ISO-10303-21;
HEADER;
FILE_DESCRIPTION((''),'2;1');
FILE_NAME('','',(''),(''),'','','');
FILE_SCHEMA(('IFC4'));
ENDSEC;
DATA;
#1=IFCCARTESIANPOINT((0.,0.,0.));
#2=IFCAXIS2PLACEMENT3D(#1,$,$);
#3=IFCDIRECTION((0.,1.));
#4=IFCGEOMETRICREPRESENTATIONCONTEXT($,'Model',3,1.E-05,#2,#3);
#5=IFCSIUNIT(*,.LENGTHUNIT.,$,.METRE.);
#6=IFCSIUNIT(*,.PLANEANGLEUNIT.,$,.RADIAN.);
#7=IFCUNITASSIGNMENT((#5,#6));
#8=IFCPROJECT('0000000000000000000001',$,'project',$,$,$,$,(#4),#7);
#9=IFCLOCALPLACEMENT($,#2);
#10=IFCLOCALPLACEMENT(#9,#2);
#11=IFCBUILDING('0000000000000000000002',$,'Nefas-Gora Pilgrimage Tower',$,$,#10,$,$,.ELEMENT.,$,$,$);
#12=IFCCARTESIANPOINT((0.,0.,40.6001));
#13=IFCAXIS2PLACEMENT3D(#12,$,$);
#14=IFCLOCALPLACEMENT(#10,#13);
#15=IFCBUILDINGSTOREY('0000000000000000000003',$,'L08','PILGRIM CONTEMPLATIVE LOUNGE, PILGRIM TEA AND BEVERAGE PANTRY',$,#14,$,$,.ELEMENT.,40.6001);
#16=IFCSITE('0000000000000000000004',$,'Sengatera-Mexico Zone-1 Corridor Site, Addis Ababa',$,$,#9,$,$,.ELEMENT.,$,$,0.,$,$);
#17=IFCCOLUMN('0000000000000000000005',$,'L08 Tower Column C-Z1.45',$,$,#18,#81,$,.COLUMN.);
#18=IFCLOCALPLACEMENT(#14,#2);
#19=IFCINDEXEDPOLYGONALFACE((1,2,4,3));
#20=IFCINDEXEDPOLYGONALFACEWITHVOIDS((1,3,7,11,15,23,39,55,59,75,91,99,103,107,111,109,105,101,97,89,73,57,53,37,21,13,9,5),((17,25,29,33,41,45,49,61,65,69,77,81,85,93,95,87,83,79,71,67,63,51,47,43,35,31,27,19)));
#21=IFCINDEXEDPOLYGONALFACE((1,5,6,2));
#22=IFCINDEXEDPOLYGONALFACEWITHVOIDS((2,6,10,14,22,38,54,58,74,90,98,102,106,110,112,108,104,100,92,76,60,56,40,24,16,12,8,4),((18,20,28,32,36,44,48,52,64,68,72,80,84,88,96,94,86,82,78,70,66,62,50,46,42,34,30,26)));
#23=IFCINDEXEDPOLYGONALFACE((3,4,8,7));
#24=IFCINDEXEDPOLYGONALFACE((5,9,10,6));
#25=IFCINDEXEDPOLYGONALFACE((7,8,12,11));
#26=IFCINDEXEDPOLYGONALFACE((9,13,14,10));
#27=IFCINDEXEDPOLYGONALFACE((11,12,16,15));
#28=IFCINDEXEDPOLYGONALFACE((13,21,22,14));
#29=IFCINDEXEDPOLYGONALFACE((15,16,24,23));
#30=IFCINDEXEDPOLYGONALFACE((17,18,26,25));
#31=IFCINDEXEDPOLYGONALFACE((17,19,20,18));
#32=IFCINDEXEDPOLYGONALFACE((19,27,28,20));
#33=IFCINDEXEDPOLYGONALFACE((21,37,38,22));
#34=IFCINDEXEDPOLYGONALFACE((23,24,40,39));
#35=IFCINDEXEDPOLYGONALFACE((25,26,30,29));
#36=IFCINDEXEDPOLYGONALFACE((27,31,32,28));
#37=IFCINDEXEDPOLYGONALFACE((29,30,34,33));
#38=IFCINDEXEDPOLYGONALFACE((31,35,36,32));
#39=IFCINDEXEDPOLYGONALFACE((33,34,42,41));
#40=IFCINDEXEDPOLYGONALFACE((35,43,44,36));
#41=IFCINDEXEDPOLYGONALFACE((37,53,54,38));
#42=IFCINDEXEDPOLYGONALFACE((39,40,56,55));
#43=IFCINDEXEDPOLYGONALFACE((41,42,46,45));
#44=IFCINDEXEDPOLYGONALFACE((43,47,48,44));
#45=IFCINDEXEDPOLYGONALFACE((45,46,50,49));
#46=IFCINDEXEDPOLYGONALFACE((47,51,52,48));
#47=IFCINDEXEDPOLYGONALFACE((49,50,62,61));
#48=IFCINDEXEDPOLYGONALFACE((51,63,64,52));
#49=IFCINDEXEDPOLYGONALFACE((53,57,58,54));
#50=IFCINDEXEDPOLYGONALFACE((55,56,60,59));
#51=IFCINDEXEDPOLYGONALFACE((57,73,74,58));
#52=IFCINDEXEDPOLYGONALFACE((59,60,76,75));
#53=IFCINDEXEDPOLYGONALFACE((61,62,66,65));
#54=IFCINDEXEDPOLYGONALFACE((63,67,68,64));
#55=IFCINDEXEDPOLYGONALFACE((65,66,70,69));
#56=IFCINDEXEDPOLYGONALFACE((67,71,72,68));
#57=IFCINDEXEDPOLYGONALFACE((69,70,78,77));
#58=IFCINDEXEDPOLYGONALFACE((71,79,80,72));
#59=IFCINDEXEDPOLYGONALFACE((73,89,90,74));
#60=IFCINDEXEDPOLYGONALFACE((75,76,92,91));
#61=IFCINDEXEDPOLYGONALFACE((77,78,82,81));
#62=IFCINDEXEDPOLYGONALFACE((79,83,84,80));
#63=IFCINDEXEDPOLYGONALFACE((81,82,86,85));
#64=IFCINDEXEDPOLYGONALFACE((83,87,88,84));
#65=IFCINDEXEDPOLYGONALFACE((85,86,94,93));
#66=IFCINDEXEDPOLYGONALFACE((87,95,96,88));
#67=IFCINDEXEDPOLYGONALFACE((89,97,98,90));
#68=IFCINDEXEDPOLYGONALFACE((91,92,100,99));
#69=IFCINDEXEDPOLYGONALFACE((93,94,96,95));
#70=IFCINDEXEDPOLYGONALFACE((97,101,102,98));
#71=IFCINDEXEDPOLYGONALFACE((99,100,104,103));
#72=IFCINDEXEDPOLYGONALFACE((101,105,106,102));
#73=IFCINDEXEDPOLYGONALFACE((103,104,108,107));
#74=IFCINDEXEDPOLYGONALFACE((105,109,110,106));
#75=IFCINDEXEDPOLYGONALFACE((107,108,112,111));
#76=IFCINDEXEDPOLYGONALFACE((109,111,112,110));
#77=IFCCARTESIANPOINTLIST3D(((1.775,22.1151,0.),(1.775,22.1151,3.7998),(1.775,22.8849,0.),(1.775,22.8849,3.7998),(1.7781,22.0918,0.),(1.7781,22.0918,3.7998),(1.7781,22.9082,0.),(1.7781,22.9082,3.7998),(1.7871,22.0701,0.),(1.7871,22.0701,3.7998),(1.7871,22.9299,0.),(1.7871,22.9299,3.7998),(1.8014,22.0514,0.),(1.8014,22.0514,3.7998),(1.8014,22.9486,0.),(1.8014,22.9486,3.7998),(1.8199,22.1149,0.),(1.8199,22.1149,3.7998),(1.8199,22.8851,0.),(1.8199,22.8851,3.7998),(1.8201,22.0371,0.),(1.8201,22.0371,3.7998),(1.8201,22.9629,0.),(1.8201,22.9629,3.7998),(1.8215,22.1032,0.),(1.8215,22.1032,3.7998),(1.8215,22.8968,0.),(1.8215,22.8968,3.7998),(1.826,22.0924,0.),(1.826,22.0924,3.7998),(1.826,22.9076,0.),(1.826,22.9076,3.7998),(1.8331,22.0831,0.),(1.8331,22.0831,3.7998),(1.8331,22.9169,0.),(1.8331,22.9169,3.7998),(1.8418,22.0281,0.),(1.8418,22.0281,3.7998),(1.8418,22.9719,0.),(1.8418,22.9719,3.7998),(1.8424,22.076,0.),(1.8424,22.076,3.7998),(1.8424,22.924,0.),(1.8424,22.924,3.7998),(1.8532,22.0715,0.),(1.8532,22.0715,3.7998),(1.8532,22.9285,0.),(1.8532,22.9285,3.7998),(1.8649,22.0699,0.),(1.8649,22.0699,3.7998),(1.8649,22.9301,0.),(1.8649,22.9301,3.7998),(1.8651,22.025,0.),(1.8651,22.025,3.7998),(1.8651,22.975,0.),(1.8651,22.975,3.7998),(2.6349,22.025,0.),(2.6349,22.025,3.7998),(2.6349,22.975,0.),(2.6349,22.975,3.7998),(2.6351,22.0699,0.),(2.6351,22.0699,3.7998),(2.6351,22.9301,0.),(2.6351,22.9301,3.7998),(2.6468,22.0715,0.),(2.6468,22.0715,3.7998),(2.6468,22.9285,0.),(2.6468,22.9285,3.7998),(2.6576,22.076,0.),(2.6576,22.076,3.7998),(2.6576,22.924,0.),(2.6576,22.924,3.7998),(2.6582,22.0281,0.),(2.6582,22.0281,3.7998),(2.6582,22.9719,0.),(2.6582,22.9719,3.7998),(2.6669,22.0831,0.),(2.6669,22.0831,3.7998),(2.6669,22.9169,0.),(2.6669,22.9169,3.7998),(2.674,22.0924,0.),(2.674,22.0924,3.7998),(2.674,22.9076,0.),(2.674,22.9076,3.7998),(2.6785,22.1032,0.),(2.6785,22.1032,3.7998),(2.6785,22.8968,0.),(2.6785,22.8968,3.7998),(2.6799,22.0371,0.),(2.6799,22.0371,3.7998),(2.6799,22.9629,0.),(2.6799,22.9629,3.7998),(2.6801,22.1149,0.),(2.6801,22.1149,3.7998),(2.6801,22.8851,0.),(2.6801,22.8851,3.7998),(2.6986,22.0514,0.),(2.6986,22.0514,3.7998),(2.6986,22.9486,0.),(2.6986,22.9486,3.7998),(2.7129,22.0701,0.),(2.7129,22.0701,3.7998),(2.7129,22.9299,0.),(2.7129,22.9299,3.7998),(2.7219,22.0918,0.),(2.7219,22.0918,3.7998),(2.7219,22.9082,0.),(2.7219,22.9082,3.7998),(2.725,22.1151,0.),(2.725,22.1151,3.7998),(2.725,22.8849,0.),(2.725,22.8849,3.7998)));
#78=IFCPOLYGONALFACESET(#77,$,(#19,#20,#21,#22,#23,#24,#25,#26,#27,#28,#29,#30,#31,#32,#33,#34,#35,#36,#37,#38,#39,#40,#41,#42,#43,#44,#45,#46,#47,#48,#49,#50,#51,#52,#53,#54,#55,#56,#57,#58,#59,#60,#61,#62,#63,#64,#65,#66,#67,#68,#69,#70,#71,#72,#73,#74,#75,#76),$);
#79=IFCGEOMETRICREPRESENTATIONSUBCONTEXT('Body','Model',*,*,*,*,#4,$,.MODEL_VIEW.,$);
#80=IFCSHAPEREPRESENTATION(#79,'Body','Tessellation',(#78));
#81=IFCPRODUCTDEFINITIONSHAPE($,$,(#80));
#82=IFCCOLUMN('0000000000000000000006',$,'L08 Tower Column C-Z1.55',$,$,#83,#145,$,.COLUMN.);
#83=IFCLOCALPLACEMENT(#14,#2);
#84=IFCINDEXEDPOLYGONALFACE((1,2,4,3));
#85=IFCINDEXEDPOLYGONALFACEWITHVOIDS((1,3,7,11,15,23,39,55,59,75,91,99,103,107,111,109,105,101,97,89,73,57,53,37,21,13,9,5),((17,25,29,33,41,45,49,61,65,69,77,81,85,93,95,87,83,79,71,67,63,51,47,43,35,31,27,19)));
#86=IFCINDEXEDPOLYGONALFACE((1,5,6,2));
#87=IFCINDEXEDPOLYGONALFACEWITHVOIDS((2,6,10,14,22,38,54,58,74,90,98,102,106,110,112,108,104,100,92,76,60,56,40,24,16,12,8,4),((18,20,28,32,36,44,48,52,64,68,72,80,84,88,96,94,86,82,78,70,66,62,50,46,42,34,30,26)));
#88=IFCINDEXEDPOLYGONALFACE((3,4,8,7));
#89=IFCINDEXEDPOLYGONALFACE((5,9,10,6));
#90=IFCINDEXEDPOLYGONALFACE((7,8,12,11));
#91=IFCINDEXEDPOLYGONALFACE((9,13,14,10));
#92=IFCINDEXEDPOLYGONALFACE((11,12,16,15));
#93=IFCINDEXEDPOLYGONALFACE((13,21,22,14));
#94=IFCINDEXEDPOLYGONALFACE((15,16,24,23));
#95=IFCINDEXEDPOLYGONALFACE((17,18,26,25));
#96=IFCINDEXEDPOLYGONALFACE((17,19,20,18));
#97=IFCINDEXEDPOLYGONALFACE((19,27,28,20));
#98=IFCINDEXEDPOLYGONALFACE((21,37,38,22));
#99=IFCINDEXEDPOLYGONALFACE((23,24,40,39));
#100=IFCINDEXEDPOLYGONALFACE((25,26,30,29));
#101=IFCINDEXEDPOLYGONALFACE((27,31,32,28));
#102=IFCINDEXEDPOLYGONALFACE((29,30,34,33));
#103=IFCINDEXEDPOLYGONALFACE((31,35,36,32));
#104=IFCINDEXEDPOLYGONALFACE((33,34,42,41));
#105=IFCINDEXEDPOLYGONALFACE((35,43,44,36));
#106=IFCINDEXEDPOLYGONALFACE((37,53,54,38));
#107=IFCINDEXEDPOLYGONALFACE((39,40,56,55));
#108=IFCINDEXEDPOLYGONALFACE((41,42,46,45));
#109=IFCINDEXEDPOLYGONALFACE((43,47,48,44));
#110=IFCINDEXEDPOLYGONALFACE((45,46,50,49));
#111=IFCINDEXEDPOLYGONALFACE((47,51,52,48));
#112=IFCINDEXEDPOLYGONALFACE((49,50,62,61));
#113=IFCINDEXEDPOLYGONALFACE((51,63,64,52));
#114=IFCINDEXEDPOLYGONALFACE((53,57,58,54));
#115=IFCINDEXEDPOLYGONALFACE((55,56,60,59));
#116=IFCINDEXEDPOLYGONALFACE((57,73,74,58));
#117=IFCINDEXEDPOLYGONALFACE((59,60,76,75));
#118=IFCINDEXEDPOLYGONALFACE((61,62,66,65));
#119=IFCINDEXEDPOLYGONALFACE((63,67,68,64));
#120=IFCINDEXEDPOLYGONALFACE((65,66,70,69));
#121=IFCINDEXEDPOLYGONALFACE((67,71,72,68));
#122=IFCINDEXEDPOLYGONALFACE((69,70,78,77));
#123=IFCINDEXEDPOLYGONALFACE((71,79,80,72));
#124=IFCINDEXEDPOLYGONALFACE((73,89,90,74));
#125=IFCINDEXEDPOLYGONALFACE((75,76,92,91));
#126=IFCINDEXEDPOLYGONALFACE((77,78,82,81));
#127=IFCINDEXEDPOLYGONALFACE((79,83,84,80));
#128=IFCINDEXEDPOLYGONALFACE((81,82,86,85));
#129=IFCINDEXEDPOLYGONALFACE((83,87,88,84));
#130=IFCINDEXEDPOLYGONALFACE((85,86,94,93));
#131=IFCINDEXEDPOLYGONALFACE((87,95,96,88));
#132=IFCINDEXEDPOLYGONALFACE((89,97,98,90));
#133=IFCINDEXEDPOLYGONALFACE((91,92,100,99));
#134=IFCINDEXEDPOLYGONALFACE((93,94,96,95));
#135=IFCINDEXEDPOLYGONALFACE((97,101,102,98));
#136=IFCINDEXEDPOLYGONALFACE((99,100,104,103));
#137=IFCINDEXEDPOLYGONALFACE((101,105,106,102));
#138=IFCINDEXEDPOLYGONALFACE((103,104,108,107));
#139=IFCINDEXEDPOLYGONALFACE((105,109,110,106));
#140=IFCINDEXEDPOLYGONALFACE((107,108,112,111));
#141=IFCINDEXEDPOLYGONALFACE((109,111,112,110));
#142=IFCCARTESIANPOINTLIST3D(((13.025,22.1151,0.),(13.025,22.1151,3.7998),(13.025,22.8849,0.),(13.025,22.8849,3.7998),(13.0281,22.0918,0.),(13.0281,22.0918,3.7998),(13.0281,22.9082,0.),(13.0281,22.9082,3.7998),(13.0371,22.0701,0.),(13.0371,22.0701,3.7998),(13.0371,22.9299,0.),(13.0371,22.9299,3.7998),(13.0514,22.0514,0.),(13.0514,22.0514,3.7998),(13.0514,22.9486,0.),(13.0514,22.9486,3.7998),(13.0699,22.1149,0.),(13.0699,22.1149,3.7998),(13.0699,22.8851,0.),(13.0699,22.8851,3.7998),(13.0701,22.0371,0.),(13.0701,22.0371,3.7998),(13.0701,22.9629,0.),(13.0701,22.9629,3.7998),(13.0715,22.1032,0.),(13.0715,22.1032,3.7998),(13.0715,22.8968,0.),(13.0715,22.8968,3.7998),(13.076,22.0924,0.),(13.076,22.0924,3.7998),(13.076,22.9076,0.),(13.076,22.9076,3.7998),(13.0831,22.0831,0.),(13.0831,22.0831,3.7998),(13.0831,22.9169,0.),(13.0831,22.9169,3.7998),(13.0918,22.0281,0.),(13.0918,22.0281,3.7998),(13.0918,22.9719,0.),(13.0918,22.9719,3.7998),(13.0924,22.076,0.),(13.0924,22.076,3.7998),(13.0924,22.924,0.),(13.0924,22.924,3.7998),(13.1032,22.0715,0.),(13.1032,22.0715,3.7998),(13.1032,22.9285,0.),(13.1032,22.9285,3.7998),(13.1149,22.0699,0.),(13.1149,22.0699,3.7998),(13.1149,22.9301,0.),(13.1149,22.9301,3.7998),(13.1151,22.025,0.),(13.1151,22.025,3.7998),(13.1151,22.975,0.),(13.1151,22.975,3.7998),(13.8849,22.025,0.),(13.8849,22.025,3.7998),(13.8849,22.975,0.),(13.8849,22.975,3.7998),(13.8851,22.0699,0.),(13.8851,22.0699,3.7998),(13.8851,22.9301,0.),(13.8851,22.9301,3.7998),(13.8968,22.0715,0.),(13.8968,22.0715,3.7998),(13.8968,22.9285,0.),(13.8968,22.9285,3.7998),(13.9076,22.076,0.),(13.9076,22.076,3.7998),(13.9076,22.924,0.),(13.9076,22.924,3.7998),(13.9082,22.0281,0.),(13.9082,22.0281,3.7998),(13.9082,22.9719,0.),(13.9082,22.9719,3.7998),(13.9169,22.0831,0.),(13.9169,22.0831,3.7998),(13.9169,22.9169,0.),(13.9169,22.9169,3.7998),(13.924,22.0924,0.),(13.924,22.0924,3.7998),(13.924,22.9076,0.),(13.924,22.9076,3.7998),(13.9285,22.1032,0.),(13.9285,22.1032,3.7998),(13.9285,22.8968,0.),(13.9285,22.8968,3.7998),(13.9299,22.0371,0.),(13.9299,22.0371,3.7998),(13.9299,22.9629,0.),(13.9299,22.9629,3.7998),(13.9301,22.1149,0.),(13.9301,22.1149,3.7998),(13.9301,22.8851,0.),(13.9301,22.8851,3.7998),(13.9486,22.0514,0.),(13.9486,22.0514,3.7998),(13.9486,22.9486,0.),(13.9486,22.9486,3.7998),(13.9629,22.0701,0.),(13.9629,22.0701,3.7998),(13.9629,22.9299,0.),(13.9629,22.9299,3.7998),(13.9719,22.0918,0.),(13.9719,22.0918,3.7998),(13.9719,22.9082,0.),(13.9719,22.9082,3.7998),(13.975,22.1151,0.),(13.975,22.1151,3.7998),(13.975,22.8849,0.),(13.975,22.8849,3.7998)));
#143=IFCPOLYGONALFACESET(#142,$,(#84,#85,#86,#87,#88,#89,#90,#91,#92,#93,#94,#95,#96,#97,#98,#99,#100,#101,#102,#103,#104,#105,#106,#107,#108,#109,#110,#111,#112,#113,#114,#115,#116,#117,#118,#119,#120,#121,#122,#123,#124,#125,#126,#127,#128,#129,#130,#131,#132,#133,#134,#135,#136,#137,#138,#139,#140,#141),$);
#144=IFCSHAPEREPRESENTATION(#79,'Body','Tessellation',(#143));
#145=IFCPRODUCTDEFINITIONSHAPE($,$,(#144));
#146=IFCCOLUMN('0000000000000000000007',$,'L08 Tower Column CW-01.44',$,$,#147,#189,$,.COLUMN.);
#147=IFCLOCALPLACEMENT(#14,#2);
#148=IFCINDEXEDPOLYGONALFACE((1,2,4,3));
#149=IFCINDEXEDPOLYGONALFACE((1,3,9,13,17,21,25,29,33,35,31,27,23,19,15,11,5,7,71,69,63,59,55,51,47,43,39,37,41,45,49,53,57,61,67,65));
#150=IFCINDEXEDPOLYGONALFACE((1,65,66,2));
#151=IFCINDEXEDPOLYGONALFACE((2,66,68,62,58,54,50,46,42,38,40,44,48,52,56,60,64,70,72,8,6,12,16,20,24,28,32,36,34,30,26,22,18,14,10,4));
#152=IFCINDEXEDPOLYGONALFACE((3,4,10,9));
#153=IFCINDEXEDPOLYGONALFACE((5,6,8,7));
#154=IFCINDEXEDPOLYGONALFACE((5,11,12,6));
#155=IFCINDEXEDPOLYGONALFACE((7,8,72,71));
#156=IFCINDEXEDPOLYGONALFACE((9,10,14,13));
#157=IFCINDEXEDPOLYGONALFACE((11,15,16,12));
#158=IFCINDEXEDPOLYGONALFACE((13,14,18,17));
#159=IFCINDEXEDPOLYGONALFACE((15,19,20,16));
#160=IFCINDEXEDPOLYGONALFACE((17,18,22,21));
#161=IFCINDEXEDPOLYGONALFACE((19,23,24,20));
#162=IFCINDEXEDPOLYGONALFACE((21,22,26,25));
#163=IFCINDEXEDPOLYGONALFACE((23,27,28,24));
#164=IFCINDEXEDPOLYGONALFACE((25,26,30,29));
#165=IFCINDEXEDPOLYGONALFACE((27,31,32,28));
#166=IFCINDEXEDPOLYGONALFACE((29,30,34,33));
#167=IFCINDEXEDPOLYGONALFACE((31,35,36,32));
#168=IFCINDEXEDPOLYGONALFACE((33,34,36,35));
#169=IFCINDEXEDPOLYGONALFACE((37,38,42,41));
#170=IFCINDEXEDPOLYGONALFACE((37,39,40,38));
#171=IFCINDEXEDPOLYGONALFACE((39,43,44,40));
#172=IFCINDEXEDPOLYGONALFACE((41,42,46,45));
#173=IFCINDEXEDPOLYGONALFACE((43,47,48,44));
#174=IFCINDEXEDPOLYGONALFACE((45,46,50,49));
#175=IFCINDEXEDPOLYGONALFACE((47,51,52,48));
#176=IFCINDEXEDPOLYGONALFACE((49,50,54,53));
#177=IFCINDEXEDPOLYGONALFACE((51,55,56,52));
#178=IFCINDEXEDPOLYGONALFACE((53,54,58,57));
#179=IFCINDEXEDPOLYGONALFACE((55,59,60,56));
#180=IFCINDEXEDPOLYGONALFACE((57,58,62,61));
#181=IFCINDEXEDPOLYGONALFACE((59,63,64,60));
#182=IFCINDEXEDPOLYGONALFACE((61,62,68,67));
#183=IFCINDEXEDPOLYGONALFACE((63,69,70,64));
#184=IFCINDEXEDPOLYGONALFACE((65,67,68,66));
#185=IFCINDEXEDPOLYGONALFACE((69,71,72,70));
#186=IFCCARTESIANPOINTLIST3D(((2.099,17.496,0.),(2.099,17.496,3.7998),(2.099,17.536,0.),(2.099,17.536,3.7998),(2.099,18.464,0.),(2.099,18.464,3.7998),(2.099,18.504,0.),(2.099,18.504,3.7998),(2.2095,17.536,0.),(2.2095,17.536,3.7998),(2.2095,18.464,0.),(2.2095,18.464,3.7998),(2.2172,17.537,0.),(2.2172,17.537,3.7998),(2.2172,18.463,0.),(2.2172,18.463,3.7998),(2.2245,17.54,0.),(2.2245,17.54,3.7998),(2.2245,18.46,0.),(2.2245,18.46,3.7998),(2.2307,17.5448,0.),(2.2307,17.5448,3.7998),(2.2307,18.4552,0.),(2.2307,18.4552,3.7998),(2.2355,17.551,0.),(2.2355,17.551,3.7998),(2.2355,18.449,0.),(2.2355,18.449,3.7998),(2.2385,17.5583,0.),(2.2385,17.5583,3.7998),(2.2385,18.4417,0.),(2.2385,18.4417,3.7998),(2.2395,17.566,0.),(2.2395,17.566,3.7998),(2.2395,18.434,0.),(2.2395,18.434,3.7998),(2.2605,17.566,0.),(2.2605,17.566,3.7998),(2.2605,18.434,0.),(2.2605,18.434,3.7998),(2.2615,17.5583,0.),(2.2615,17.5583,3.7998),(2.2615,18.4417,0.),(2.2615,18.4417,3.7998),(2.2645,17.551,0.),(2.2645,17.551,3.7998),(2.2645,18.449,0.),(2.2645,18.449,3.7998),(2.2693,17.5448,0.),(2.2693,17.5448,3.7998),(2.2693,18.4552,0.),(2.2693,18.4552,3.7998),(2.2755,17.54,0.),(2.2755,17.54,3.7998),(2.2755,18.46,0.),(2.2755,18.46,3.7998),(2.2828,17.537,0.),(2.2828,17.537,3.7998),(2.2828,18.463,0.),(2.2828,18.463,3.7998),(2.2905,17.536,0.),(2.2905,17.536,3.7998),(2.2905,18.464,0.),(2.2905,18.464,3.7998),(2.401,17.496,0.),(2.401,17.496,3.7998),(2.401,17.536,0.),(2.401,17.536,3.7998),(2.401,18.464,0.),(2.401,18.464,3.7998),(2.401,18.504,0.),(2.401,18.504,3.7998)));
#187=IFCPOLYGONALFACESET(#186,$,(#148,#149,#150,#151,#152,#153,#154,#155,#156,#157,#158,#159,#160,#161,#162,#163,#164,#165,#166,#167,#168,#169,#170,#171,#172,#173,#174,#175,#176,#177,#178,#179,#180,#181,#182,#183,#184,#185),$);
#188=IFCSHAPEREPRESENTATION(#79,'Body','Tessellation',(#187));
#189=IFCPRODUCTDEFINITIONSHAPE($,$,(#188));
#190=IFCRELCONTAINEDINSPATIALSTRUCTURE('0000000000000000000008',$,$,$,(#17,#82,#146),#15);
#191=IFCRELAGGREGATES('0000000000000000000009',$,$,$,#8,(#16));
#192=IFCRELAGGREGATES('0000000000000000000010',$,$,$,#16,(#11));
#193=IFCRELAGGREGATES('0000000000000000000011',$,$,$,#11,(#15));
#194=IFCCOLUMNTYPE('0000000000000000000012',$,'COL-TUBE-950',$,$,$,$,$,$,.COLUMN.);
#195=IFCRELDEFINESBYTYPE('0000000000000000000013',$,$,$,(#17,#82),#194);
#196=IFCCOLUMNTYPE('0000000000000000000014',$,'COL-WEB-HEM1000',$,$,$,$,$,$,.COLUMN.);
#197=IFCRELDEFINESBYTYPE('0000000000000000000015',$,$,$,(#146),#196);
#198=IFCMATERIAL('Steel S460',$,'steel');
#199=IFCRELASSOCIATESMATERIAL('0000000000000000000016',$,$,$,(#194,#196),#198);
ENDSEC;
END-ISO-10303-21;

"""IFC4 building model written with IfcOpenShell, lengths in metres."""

from ifc_helpers import new_model, si_unit, direction, frame, origin, origin_2d, place, context, subcontext, project, spatial, hollow_rectangle, i_section, extrude, source, transform, mapped, material, material_profile, profile_set, type_object, element, save


model = new_model("IFC4")

# Units and contexts
model_context = context("Model", 3, precision=1e-05, world=origin(), true_north=direction((0.0, 1.0)))
body_context = subcontext(model_context, "Body", "Model", "MODEL_VIEW")
ifc_project = project(units=[si_unit("LENGTHUNIT", "METRE"), si_unit("PLANEANGLEUNIT", "RADIAN")], contexts=[model_context])

# Site, building, storey
site_placement = place(None, origin())
site = spatial("IfcSite", under=ifc_project, at=site_placement, Name="Sengatera-Mexico Zone-1 Corridor Site, Addis Ababa", CompositionType="ELEMENT", RefElevation=0.0)
building_placement = place(site_placement, origin())
building = spatial("IfcBuilding", under=site, at=building_placement, Name="Nefas-Gora Pilgrimage Tower", CompositionType="ELEMENT")
storey_placement = place(building_placement, frame((0.0, 0.0, 40.6001)))
storey = spatial("IfcBuildingStorey", under=building, at=storey_placement, Name="L08", Description="PILGRIM CONTEMPLATIVE LOUNGE, PILGRIM TEA AND BEVERAGE PANTRY", CompositionType="ELEMENT", Elevation=40.6001)

# Columns
ifc_material_1 = material(Name="Steel S460", Category="steel")
ifc_material_profile_1 = material_profile(ifc_material_1, hollow_rectangle(XDim=0.95, YDim=0.95, WallThickness=0.0449, InnerFilletRadius=0.0449, OuterFilletRadius=0.0901, at=origin_2d()), Name="BOX 950x950x45")
ifc_profile_set_1 = profile_set([ifc_material_profile_1], Name="Steel S460")
column_type_1 = type_object("IfcColumnType", Name="COL-TUBE-950", PredefinedType="COLUMN", material=ifc_profile_set_1)
shared_shape_1 = source(origin(), body_context, "Body", "SweptSolid", [
    extrude(hollow_rectangle(XDim=0.95, YDim=0.95, WallThickness=0.0449, InnerFilletRadius=0.0449, OuterFilletRadius=0.0901, at=origin_2d()), origin(), (0.0, 0.0, 1.0), 3.7998),
])
for number, where, z_axis, x_axis, name in (
    (1, (2.25, 22.5, 0.0), (0.0, 0.0, 1.0), (1.0, 0.0, 0.0), "L08 Tower Column C-Z1.45"),
    (2, (13.5, 22.5, 0.0), (0.0, 0.0, 1.0), (1.0, 0.0, 0.0), "L08 Tower Column C-Z1.55"),
):
    element("IfcColumn", number, at=place(storey_placement, frame(where, z_axis=z_axis, x_axis=x_axis)), inside=storey, type_object=column_type_1, Name=name, PredefinedType="COLUMN", context=body_context, shape_type="MappedRepresentation", body=[
        mapped(shared_shape_1, transform((0.0, 0.0, 0.0), x_axis=(1.0, 0.0, 0.0), y_axis=(0.0, 1.0, 0.0), z_axis=(0.0, 0.0, 1.0), scale=1.0)),
    ])
ifc_material_profile_2 = material_profile(ifc_material_1, i_section(OverallWidth=0.302, OverallDepth=1.0081, WebThickness=0.021, FlangeThickness=0.04, FilletRadius=0.03, at=origin_2d()), Name="HEM 1000")
ifc_profile_set_2 = profile_set([ifc_material_profile_2], Name="Steel S460")
column_type_2 = type_object("IfcColumnType", Name="COL-WEB-HEM1000", PredefinedType="COLUMN", material=ifc_profile_set_2)
shared_shape_2 = source(origin(), body_context, "Body", "SweptSolid", [
    extrude(i_section(OverallWidth=0.302, OverallDepth=1.0081, WebThickness=0.021, FlangeThickness=0.04, FilletRadius=0.03, at=origin_2d()), origin(), (0.0, 0.0, 1.0), 3.7998),
])
for number, where, z_axis, x_axis, name in (
    (3, (2.25, 18.0, 0.0), (0.0, 0.0, 1.0), (1.0, 0.0, 0.0), "L08 Tower Column CW-01.44"),
):
    element("IfcColumn", number, at=place(storey_placement, frame(where, z_axis=z_axis, x_axis=x_axis)), inside=storey, type_object=column_type_2, Name=name, PredefinedType="COLUMN", context=body_context, shape_type="MappedRepresentation", body=[
        mapped(shared_shape_2, transform((0.0, 0.0, 0.0), x_axis=(1.0, 0.0, 0.0), y_axis=(0.0, 1.0, 0.0), z_axis=(0.0, 0.0, 1.0), scale=1.0)),
    ])

save(model, "model.ifc")
